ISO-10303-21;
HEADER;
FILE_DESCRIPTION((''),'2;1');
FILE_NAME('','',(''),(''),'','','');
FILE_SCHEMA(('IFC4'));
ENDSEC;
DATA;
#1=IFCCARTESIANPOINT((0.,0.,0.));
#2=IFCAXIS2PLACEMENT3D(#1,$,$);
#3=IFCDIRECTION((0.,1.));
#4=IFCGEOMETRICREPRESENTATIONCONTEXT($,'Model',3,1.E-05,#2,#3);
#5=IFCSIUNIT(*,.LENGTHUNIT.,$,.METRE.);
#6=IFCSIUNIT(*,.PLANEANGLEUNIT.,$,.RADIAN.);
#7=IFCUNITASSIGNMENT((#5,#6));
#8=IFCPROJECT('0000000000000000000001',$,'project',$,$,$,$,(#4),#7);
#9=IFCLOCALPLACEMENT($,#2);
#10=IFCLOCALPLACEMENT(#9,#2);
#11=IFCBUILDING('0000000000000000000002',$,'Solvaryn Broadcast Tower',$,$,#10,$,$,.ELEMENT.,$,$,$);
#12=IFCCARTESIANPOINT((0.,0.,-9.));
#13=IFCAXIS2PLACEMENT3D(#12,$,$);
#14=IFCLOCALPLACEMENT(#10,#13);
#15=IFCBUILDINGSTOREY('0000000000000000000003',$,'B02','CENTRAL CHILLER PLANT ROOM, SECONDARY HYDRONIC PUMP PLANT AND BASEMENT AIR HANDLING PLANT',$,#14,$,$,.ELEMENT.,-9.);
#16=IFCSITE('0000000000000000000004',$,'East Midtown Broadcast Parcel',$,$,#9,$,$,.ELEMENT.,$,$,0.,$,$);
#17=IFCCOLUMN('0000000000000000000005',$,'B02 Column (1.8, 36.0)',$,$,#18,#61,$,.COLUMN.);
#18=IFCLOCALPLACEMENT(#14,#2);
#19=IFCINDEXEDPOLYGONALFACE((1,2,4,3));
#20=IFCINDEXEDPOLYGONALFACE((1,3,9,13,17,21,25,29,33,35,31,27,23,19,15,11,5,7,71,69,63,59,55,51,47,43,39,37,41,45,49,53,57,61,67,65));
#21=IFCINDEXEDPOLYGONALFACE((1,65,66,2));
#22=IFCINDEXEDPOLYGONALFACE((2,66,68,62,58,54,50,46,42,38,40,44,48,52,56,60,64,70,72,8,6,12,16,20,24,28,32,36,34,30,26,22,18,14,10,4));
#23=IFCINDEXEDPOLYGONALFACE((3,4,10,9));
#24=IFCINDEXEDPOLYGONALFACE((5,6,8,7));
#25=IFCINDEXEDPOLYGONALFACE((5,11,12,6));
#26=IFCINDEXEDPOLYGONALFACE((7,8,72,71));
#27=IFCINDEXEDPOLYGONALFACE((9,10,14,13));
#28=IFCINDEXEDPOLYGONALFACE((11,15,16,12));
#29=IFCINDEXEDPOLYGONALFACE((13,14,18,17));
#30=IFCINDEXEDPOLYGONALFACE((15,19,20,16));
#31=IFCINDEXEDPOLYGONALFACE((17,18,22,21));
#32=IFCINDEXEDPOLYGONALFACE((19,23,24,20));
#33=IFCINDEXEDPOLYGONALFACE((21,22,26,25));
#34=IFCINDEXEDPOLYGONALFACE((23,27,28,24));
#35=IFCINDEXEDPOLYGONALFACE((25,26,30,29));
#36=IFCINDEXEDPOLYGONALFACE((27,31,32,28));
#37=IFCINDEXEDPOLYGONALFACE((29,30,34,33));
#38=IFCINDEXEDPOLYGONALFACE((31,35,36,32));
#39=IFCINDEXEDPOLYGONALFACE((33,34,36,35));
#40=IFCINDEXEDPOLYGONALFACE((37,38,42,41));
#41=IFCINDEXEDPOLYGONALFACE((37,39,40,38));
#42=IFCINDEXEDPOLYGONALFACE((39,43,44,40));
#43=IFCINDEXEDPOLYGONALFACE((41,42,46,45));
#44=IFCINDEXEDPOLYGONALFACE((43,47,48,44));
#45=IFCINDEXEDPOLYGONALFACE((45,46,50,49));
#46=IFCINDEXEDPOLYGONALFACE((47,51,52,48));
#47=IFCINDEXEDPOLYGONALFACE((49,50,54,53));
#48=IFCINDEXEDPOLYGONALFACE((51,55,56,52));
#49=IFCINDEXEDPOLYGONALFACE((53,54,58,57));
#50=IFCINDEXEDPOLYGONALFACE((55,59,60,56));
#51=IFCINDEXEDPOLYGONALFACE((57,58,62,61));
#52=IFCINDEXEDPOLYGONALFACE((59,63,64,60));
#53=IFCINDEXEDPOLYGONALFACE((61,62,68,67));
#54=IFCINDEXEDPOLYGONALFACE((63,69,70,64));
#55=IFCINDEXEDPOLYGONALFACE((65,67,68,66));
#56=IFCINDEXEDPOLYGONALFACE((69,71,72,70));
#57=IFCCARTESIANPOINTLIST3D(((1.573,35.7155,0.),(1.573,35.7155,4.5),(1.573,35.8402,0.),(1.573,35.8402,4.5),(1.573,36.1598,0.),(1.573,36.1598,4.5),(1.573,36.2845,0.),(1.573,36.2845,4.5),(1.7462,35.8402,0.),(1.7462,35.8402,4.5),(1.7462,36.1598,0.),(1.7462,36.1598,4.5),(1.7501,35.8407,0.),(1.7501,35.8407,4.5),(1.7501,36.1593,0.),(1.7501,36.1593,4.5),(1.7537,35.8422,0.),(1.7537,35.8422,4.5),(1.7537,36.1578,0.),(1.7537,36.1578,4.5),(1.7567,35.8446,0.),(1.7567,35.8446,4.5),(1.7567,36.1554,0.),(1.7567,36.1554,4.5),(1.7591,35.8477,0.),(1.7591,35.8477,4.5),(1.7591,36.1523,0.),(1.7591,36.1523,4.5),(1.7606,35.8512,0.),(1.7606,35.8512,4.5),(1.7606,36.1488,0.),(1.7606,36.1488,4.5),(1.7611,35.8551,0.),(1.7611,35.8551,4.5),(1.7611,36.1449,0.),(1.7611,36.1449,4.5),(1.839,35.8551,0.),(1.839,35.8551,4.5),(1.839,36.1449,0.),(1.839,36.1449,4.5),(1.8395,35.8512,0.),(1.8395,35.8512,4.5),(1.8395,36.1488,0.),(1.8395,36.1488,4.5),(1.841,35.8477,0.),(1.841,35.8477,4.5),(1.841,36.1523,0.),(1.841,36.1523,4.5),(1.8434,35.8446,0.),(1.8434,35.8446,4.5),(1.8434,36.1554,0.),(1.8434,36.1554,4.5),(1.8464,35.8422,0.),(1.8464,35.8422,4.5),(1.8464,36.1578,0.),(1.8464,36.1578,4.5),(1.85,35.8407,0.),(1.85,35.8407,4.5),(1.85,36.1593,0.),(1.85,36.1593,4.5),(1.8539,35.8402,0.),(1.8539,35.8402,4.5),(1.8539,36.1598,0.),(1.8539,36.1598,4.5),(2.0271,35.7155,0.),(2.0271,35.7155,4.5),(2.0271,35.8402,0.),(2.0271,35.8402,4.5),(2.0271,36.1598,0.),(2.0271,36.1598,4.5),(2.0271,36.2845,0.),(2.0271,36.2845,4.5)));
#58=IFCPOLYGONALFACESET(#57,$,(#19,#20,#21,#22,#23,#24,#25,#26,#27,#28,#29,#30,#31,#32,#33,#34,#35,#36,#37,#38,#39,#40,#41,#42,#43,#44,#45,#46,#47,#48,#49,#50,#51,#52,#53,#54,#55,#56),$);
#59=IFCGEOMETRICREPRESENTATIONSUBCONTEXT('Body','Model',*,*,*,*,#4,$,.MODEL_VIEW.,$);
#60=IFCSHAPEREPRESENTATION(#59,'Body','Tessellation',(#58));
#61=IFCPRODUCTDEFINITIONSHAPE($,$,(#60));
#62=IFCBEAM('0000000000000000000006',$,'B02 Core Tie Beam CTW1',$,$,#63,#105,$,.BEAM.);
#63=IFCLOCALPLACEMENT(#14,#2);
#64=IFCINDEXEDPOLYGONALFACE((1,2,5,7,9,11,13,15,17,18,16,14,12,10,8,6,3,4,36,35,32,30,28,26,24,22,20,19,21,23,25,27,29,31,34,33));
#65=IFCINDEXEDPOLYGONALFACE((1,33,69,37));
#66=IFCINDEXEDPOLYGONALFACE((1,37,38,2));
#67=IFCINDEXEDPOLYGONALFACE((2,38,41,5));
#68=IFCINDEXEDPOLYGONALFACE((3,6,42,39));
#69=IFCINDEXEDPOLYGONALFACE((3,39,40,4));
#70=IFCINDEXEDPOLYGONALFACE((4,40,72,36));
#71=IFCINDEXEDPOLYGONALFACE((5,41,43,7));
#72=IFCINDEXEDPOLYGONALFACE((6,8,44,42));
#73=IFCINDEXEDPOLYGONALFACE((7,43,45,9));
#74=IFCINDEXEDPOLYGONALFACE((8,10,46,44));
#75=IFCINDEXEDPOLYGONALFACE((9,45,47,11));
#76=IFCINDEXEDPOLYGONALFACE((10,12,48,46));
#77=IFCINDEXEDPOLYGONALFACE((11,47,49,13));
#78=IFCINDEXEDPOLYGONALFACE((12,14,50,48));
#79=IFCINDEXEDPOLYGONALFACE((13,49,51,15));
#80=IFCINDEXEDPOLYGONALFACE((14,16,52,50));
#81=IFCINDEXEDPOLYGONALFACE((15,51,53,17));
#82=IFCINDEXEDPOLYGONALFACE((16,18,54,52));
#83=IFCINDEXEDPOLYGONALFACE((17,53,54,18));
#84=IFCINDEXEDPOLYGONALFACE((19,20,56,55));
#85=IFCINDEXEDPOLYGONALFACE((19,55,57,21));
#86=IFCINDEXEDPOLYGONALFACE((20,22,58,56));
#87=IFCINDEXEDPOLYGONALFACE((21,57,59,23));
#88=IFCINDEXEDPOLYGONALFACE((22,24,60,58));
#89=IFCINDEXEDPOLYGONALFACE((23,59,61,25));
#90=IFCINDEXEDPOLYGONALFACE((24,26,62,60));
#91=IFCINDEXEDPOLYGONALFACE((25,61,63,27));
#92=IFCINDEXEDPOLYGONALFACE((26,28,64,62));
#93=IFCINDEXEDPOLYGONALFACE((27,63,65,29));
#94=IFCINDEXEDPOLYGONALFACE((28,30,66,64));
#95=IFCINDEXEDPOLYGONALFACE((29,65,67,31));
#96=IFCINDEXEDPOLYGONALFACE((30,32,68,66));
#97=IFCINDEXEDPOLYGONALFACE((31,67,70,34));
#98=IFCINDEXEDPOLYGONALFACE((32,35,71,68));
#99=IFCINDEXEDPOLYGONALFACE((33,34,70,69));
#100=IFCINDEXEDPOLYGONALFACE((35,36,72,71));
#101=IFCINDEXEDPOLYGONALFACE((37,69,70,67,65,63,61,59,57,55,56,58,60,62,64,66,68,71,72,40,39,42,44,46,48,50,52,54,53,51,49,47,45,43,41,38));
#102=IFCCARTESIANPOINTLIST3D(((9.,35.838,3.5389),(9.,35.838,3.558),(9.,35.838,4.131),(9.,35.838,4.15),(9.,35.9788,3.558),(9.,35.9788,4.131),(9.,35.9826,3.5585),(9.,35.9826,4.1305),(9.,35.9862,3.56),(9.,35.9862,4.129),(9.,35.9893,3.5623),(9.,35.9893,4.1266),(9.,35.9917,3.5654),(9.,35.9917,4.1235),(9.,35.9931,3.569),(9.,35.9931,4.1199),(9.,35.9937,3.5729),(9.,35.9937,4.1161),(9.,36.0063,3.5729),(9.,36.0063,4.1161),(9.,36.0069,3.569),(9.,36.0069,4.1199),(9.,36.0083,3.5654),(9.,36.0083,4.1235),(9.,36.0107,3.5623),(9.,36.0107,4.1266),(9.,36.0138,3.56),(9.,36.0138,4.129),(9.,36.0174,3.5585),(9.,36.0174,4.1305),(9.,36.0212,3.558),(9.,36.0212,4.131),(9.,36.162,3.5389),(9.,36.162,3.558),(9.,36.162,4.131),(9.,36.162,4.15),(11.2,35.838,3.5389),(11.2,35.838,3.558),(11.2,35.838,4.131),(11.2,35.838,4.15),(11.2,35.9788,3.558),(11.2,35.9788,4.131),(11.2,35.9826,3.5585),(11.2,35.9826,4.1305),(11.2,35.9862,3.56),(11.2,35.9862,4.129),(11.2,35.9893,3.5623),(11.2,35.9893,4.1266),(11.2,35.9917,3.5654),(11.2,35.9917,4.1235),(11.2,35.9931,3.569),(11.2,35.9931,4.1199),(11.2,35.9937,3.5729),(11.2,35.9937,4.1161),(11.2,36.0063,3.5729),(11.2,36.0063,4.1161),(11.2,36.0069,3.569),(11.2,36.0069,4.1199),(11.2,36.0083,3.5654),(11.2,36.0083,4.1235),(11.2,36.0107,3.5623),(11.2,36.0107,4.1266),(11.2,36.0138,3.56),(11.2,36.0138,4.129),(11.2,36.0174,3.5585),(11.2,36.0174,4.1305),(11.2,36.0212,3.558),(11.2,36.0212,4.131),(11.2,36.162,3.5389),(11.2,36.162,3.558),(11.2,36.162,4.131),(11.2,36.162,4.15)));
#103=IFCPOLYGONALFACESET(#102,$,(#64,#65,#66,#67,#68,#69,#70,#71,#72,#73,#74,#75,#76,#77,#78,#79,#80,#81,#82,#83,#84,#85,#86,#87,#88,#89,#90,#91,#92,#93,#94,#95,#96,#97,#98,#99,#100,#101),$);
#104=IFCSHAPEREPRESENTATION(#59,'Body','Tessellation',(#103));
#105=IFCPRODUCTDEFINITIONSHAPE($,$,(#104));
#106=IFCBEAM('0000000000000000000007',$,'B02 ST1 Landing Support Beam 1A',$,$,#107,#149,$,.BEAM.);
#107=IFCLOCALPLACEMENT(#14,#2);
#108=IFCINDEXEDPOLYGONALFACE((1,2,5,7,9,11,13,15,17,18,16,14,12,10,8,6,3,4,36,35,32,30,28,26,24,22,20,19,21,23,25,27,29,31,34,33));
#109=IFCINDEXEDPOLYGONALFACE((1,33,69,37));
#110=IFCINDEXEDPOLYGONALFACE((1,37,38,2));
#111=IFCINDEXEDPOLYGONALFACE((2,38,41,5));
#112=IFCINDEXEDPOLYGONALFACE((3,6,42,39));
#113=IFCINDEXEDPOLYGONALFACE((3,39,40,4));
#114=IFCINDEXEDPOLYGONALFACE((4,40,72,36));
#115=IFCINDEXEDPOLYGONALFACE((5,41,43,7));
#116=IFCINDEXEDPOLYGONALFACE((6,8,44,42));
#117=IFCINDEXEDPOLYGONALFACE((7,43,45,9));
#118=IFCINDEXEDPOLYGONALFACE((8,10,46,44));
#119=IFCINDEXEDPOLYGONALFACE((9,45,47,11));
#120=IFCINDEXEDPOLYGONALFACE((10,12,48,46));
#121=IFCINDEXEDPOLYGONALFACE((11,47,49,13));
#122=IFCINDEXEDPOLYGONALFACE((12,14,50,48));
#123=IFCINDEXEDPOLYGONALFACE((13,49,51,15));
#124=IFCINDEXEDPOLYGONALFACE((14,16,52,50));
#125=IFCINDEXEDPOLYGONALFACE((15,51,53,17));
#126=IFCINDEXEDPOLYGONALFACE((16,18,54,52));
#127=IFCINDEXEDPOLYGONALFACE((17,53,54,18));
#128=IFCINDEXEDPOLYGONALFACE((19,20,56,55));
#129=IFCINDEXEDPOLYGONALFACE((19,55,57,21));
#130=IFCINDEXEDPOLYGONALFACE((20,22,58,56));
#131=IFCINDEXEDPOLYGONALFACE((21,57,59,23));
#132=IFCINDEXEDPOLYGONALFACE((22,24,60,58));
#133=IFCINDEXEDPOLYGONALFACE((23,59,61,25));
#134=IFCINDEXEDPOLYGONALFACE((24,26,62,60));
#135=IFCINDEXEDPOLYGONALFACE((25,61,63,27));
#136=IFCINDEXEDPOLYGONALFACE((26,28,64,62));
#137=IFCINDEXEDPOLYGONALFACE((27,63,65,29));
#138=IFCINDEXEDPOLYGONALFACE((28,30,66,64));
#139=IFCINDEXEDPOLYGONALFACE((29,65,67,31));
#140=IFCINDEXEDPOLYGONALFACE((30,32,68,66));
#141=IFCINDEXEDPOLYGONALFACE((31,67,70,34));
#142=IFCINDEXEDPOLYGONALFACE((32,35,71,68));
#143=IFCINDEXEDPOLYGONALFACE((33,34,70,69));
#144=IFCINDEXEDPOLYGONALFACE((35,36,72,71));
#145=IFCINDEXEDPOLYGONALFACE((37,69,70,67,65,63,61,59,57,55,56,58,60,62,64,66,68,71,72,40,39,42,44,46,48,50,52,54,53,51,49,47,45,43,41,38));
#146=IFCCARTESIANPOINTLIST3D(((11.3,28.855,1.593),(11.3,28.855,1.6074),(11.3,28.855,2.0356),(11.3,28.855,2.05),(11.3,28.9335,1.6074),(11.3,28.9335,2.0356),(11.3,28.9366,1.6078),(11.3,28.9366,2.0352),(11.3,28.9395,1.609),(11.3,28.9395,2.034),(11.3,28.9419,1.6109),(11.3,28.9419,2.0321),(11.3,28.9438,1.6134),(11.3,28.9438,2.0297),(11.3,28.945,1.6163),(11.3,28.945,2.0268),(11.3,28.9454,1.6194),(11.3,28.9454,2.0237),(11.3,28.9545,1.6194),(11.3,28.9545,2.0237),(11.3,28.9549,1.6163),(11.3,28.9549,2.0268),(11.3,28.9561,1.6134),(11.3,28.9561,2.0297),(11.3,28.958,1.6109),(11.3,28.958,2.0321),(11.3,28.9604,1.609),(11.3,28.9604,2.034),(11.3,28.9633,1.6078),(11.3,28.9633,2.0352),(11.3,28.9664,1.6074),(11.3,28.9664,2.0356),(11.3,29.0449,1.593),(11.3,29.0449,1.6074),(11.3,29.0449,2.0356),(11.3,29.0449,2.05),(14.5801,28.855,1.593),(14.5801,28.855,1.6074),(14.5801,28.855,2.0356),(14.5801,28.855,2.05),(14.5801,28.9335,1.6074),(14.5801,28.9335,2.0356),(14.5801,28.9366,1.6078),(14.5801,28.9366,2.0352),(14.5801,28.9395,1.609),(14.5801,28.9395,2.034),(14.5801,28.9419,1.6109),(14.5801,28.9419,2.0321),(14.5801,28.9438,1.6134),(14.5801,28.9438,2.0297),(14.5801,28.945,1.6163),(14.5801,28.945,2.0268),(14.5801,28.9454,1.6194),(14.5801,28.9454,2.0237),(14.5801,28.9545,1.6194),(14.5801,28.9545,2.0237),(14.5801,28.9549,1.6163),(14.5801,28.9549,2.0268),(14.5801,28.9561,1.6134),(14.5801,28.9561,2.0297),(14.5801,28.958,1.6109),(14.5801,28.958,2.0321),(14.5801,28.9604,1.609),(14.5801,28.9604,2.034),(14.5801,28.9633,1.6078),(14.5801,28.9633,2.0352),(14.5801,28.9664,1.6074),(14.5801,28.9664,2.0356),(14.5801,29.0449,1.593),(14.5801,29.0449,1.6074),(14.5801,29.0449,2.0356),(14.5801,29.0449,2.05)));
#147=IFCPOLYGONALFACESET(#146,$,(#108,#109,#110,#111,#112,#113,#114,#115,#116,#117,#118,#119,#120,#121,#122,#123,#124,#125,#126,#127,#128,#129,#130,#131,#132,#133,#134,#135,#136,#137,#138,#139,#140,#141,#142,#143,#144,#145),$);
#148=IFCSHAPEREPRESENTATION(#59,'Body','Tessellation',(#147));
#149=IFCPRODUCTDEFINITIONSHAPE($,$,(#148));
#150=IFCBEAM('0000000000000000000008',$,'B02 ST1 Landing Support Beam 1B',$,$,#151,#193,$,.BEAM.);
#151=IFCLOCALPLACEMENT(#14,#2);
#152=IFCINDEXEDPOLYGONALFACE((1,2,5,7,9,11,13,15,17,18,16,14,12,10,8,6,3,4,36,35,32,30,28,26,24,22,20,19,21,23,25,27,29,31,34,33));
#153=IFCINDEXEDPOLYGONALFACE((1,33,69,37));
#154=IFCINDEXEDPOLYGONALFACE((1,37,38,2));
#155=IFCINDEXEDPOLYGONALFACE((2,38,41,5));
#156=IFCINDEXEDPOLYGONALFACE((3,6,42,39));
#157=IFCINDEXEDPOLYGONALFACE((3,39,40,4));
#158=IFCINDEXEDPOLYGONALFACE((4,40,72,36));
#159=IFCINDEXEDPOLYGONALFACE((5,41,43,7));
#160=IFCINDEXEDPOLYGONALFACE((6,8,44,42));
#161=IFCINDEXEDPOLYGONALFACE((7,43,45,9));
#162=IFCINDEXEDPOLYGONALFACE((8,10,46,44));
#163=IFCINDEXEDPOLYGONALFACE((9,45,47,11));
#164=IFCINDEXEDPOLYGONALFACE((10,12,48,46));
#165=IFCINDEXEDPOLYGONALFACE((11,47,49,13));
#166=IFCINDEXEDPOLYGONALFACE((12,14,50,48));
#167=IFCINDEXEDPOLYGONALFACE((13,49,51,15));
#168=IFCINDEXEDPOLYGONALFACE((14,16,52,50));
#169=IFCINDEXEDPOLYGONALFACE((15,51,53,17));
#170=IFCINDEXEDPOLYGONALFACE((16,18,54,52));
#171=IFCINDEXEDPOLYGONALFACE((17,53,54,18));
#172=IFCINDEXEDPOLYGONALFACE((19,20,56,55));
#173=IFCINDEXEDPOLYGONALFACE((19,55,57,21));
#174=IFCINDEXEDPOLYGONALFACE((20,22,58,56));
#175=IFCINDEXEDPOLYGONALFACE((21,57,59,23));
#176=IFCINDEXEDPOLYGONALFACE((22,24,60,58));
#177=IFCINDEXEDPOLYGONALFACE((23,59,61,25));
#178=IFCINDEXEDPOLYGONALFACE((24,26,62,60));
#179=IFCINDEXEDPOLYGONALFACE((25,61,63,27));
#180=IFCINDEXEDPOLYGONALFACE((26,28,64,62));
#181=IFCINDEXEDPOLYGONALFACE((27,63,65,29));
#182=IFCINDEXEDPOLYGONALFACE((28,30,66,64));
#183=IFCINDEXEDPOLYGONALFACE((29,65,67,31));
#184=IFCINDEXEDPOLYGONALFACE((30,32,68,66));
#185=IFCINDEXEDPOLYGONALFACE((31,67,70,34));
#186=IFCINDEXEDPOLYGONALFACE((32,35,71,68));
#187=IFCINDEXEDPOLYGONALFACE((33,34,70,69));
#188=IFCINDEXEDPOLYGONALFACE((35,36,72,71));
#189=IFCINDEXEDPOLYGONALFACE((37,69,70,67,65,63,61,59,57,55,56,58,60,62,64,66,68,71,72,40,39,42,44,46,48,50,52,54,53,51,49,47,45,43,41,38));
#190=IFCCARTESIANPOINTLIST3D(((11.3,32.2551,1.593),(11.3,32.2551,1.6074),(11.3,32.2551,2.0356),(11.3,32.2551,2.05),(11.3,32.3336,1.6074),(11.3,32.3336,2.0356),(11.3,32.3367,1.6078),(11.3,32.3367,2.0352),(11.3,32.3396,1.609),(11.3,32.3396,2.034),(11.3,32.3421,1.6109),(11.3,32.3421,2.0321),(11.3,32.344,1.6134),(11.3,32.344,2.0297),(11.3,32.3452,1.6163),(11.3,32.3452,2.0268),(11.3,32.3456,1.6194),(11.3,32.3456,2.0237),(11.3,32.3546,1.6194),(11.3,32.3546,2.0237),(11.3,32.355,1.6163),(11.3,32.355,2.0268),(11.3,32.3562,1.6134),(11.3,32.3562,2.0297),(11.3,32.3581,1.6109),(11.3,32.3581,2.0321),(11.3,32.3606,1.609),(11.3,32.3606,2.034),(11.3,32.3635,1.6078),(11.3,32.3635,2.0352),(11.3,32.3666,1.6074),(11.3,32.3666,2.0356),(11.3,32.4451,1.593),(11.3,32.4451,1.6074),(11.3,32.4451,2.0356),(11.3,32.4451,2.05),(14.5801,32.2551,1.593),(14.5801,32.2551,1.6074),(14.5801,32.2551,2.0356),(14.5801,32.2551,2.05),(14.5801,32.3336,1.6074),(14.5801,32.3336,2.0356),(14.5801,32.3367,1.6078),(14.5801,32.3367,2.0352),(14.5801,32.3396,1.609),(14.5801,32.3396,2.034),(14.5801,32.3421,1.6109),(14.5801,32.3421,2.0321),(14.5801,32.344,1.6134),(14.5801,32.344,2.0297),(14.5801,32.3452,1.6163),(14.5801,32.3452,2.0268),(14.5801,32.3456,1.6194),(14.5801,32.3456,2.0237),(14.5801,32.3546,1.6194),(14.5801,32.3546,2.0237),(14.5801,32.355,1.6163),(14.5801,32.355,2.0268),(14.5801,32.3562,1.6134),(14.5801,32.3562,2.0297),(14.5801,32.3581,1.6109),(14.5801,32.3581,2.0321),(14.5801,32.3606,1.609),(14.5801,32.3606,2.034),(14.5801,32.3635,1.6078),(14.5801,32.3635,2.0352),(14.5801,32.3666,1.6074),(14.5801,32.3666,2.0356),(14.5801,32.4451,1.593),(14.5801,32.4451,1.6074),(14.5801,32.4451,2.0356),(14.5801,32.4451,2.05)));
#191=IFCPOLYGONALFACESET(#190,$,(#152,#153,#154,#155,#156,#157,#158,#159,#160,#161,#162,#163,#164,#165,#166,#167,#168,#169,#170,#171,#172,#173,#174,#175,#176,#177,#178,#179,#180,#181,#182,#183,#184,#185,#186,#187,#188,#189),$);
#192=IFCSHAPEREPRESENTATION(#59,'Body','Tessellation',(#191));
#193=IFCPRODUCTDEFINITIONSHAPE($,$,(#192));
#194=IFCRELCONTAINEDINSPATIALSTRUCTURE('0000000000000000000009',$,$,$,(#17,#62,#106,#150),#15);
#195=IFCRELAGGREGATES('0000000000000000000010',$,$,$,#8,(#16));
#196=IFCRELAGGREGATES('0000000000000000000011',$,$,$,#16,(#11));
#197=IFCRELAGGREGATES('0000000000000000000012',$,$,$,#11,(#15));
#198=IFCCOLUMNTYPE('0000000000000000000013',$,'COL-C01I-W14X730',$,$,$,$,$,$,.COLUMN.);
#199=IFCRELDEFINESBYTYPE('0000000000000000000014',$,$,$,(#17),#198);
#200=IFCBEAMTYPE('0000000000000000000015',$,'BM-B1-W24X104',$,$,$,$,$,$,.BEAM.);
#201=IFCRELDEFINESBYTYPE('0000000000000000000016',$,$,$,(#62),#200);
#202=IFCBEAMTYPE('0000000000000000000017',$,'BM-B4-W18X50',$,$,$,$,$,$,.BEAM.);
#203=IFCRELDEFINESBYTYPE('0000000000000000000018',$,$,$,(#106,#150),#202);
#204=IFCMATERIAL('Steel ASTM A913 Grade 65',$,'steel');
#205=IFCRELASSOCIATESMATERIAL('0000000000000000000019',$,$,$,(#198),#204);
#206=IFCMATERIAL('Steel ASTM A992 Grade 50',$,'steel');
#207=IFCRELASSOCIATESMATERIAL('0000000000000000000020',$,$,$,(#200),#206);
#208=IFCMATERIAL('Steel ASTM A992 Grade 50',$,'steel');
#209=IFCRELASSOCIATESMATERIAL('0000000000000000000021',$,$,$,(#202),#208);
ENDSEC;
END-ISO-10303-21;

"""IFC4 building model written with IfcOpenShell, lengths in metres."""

from ifc_helpers import new_model, si_unit, direction, frame, origin, origin_2d, place, context, subcontext, project, spatial, i_section, extrude, material, material_profile, profile_set, type_object, element, save


model = new_model("IFC4")

# Units and contexts
model_context = context("Model", 3, precision=1e-05, world=origin(), true_north=direction((0.0, 1.0)))
body_context = subcontext(model_context, "Body", "Model", "MODEL_VIEW")
ifc_project = project(units=[si_unit("LENGTHUNIT", "METRE"), si_unit("PLANEANGLEUNIT", "RADIAN")], contexts=[model_context])

# Site, building, storey
site_placement = place(None, origin())
site = spatial("IfcSite", under=ifc_project, at=site_placement, Name="East Midtown Broadcast Parcel", CompositionType="ELEMENT", RefElevation=0.0)
building_placement = place(site_placement, origin())
building = spatial("IfcBuilding", under=site, at=building_placement, Name="Solvaryn Broadcast Tower", CompositionType="ELEMENT")
storey_placement = place(building_placement, frame((0.0, 0.0, -9.0)))
storey = spatial("IfcBuildingStorey", under=building, at=storey_placement, Name="B02", Description="CENTRAL CHILLER PLANT ROOM, SECONDARY HYDRONIC PUMP PLANT AND BASEMENT AIR HANDLING PLANT", CompositionType="ELEMENT", Elevation=-9.0)

# Column
ifc_material_1 = material(Name="Steel ASTM A913 Grade 65", Category="steel")
ifc_material_profile_1 = material_profile(ifc_material_1, i_section(OverallWidth=0.4541, OverallDepth=0.5691, WebThickness=0.0779, FlangeThickness=0.1248, FilletRadius=0.0149, at=origin_2d()))
ifc_profile_set_1 = profile_set([ifc_material_profile_1], Name="Steel ASTM A913 Grade 65")
column_type_1 = type_object("IfcColumnType", Name="COL-C01I-W14X730", PredefinedType="COLUMN", material=ifc_profile_set_1)
for number, where, z_axis, x_axis, name in (
    (1, (1.8, 36.0, 0.0), (0.0, 0.0, 1.0), (1.0, 0.0, 0.0), "B02 Column (1.8, 36.0)"),
):
    element("IfcColumn", number, at=place(storey_placement, frame(where, z_axis=z_axis, x_axis=x_axis)), inside=storey, type_object=column_type_1, Name=name, PredefinedType="COLUMN", context=body_context, shape_type="SweptSolid", body=[
        extrude(i_section(OverallWidth=0.4541, OverallDepth=0.5691, WebThickness=0.0779, FlangeThickness=0.1248, FilletRadius=0.0149, at=origin_2d()), origin(), (0.0, 0.0, 1.0), 4.5),
    ])

# Beams
ifc_material_2 = material(Name="Steel ASTM A992 Grade 50", Category="steel")
ifc_material_profile_2 = material_profile(ifc_material_2, i_section(OverallWidth=0.324, OverallDepth=0.6111, WebThickness=0.0127, FlangeThickness=0.019, FilletRadius=0.0149, at=origin_2d()))
ifc_profile_set_2 = profile_set([ifc_material_profile_2], Name="Steel ASTM A992 Grade 50")
beam_type_1 = type_object("IfcBeamType", Name="BM-B1-W24X104", PredefinedType="BEAM", material=ifc_profile_set_2)
beam_1_placement = place(storey_placement, frame((9.0, 36.0, 3.8445), z_axis=(1.0, 0.0, 0.0), x_axis=(0.0, 1.0, 0.0)))
element("IfcBeam", 2, at=beam_1_placement, inside=storey, type_object=beam_type_1, Name="B02 Core Tie Beam CTW1", PredefinedType="BEAM", context=body_context, shape_type="SweptSolid", body=[
    extrude(i_section(OverallWidth=0.324, OverallDepth=0.6111, WebThickness=0.0127, FlangeThickness=0.019, FilletRadius=0.0149, at=origin_2d()), origin(), (0.0, 0.0, 1.0), 2.2),
])
ifc_material_3 = material(Name="Steel ASTM A992 Grade 50", Category="steel")
ifc_material_profile_3 = material_profile(ifc_material_3, i_section(OverallWidth=0.1899, OverallDepth=0.457, WebThickness=0.009, FlangeThickness=0.0144, FilletRadius=0.012, at=origin_2d()))
ifc_profile_set_3 = profile_set([ifc_material_profile_3], Name="Steel ASTM A992 Grade 50")
beam_type_2 = type_object("IfcBeamType", Name="BM-B4-W18X50", PredefinedType="BEAM", material=ifc_profile_set_3)
for number, where, z_axis, x_axis, name in (
    (3, (11.3, 28.95, 1.8215), (1.0, 0.0, 0.0), (0.0, 1.0, 0.0), "B02 ST1 Landing Support Beam 1A"),
    (4, (11.3, 32.3501, 1.8215), (1.0, 0.0, 0.0), (0.0, 1.0, 0.0), "B02 ST1 Landing Support Beam 1B"),
):
    element("IfcBeam", number, at=place(storey_placement, frame(where, z_axis=z_axis, x_axis=x_axis)), inside=storey, type_object=beam_type_2, Name=name, PredefinedType="BEAM", context=body_context, shape_type="SweptSolid", body=[
        extrude(i_section(OverallWidth=0.1899, OverallDepth=0.457, WebThickness=0.009, FlangeThickness=0.0144, FilletRadius=0.012, at=origin_2d()), origin(), (0.0, 0.0, 1.0), 3.28),
    ])

save(model, "model.ifc")
